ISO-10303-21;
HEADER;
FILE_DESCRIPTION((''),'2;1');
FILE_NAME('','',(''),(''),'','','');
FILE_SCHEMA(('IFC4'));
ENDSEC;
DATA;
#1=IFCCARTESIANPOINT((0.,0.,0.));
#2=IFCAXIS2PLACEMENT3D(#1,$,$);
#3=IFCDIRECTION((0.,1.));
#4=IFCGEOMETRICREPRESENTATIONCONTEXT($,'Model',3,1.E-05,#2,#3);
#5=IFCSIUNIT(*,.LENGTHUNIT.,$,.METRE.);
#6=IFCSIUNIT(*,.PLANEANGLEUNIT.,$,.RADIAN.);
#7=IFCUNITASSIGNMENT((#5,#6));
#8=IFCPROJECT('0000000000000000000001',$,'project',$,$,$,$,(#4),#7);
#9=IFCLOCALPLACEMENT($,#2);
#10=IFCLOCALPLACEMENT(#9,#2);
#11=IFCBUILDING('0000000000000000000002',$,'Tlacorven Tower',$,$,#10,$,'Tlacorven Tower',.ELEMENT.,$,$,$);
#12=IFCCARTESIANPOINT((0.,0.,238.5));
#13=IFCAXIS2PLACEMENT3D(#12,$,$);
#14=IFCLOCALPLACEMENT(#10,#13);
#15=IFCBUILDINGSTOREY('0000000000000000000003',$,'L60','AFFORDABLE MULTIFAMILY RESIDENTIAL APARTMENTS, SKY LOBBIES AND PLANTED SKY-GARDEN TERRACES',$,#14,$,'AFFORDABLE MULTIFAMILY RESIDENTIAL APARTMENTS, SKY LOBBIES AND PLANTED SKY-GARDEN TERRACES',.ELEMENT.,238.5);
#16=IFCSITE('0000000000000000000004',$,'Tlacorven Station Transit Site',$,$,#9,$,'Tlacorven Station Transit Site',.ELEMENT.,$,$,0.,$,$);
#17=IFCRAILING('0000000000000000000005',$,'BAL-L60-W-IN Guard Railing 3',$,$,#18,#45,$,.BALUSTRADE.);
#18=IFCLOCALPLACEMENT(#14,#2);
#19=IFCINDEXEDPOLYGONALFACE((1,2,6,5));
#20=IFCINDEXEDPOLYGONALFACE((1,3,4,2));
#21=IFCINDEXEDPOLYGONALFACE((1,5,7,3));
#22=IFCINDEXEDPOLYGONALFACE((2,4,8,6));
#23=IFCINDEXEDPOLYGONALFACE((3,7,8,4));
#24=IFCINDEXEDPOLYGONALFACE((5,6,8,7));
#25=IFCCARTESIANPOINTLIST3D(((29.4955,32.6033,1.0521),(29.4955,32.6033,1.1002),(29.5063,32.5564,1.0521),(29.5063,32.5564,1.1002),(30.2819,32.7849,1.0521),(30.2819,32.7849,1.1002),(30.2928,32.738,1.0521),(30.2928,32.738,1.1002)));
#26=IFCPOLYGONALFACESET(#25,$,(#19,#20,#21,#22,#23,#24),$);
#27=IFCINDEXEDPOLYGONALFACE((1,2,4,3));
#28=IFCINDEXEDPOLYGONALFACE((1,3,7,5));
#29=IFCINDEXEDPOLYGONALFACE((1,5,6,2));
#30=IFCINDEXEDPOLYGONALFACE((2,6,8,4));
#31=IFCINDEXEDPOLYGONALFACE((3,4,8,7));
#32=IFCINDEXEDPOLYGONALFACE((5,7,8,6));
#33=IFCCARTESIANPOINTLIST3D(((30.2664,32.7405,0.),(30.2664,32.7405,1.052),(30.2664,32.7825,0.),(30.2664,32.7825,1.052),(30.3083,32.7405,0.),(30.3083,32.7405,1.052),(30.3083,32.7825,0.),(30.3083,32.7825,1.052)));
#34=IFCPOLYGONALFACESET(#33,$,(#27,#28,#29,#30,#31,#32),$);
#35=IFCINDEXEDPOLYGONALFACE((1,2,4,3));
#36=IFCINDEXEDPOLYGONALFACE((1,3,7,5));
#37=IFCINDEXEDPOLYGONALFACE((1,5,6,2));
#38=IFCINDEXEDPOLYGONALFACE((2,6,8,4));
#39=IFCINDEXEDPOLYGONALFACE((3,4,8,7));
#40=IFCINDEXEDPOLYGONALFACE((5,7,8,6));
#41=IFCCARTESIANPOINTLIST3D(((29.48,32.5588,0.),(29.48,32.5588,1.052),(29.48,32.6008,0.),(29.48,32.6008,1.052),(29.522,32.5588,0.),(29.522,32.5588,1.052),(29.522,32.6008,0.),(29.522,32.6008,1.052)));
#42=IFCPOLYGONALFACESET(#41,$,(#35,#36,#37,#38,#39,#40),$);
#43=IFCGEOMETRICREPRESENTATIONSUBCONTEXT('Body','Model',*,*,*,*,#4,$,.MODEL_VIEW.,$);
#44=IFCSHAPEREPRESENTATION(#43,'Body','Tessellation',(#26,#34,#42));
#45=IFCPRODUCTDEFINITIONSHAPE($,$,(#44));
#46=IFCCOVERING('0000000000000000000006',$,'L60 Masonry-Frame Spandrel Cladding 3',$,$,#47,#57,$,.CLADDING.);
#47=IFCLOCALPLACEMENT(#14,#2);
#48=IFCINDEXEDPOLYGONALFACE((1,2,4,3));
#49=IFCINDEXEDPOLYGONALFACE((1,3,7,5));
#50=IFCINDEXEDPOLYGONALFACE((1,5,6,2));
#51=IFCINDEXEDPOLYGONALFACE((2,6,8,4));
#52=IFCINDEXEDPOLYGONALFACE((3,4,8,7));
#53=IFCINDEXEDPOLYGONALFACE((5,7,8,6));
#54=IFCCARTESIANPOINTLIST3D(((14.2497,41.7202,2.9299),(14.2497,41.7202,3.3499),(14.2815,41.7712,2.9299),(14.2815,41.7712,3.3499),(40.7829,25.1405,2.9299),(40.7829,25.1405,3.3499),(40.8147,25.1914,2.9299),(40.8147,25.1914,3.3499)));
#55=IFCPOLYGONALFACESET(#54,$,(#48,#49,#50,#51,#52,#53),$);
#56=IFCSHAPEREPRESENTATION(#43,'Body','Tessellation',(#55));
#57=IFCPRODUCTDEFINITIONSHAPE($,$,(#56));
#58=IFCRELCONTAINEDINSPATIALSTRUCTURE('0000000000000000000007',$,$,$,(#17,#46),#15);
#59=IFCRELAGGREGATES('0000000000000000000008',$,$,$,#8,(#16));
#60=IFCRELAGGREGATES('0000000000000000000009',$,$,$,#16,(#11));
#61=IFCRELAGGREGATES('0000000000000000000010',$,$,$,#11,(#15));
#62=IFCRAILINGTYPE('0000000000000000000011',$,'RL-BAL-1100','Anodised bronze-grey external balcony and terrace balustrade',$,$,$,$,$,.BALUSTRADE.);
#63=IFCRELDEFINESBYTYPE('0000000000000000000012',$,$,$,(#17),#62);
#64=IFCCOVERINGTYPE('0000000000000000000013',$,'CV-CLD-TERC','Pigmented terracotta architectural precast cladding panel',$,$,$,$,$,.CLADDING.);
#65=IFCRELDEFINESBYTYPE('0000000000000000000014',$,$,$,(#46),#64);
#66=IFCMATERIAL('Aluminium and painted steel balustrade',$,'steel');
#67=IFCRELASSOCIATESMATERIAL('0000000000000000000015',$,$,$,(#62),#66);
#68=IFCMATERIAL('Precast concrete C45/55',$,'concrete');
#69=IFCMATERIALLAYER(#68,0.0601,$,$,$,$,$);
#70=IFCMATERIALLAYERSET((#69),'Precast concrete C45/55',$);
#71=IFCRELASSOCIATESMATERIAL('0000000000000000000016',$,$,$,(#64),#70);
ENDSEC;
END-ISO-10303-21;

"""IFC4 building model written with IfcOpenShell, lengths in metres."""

from ifc_helpers import new_model, si_unit, direction, frame, origin, origin_2d, place, context, subcontext, project, spatial, rectangle, extrude, source, transform, mapped, material, layer, layer_set, type_object, element, save


model = new_model("IFC4")

# Units and contexts
model_context = context("Model", 3, precision=1e-05, world=origin(), true_north=direction((0.0, 1.0)))
body_context = subcontext(model_context, "Body", "Model", "MODEL_VIEW")
ifc_project = project(units=[si_unit("LENGTHUNIT", "METRE"), si_unit("PLANEANGLEUNIT", "RADIAN")], contexts=[model_context])

# Site, building, storey
site_placement = place(None, origin())
site = spatial("IfcSite", under=ifc_project, at=site_placement, Name="Tlacorven Station Transit Site", LongName="Tlacorven Station Transit Site", CompositionType="ELEMENT", RefElevation=0.0)
building_placement = place(site_placement, origin())
building = spatial("IfcBuilding", under=site, at=building_placement, Name="Tlacorven Tower", LongName="Tlacorven Tower", CompositionType="ELEMENT")
storey_placement = place(building_placement, frame((0.0, 0.0, 238.5)))
storey = spatial("IfcBuildingStorey", under=building, at=storey_placement, Name="L60", Description="AFFORDABLE MULTIFAMILY RESIDENTIAL APARTMENTS, SKY LOBBIES AND PLANTED SKY-GARDEN TERRACES", LongName="AFFORDABLE MULTIFAMILY RESIDENTIAL APARTMENTS, SKY LOBBIES AND PLANTED SKY-GARDEN TERRACES", CompositionType="ELEMENT", Elevation=238.5)

# Railing
ifc_material_1 = material(Name="Aluminium and painted steel balustrade", Category="steel")
railing_type = type_object("IfcRailingType", Name="RL-BAL-1100", Description="Anodised bronze-grey external balcony and terrace balustrade", PredefinedType="BALUSTRADE", material=ifc_material_1)
shared_shape_1 = source(origin(), body_context, "Body", "SweptSolid", [
    extrude(rectangle(XDim=0.0481, YDim=0.0481, at=origin_2d()), frame((0.0, 0.0, 1.0762), z_axis=(-0.974345, -0.225058, 0.0), x_axis=(0.225058, -0.974345, 0.0)), (0.0, 0.0, 1.0), 0.8071),
    extrude(rectangle(XDim=0.042, YDim=0.042, at=origin_2d()), origin(), (0.0, 0.0, 1.0), 1.052),
    extrude(rectangle(XDim=0.042, YDim=0.042, at=origin_2d()), frame((-0.7864, -0.1816, 0.0)), (0.0, 0.0, 1.0), 1.052),
])
railing_1_placement = place(storey_placement, frame((30.2874, 32.7615, 0.0)))
element("IfcRailing", 1, at=railing_1_placement, inside=storey, type_object=railing_type, Name="BAL-L60-W-IN Guard Railing 3", PredefinedType="BALUSTRADE", context=body_context, shape_type="MappedRepresentation", body=[
    mapped(shared_shape_1, transform((0.0, 0.0, 0.0), scale=1.0)),
])

# Covering
ifc_material_2 = material(Name="Precast concrete C45/55", Category="concrete")
ifc_layer_1 = layer(ifc_material_2, 0.0601)
ifc_layer_set_1 = layer_set([ifc_layer_1], Name="Precast concrete C45/55")
covering_type = type_object("IfcCoveringType", Name="CV-CLD-TERC", Description="Pigmented terracotta architectural precast cladding panel", PredefinedType="CLADDING", material=ifc_layer_set_1)
shared_shape_2 = source(origin(), body_context, "Body", "SweptSolid", [
    extrude(rectangle(XDim=31.2874, YDim=0.0601, at=origin_2d()), origin(), (0.0, 0.0, 1.0), 0.4199),
])
covering_placement = place(storey_placement, frame((27.5322, 33.4558, 2.9299), z_axis=(0.0, 0.0, 1.0), x_axis=(0.848048, -0.529919, 0.0)))
element("IfcCovering", 2, at=covering_placement, inside=storey, type_object=covering_type, Name="L60 Masonry-Frame Spandrel Cladding 3", PredefinedType="CLADDING", context=body_context, shape_type="MappedRepresentation", body=[
    mapped(shared_shape_2, transform((0.0, 0.0, 0.0), scale=1.0)),
])

save(model, "model.ifc")
